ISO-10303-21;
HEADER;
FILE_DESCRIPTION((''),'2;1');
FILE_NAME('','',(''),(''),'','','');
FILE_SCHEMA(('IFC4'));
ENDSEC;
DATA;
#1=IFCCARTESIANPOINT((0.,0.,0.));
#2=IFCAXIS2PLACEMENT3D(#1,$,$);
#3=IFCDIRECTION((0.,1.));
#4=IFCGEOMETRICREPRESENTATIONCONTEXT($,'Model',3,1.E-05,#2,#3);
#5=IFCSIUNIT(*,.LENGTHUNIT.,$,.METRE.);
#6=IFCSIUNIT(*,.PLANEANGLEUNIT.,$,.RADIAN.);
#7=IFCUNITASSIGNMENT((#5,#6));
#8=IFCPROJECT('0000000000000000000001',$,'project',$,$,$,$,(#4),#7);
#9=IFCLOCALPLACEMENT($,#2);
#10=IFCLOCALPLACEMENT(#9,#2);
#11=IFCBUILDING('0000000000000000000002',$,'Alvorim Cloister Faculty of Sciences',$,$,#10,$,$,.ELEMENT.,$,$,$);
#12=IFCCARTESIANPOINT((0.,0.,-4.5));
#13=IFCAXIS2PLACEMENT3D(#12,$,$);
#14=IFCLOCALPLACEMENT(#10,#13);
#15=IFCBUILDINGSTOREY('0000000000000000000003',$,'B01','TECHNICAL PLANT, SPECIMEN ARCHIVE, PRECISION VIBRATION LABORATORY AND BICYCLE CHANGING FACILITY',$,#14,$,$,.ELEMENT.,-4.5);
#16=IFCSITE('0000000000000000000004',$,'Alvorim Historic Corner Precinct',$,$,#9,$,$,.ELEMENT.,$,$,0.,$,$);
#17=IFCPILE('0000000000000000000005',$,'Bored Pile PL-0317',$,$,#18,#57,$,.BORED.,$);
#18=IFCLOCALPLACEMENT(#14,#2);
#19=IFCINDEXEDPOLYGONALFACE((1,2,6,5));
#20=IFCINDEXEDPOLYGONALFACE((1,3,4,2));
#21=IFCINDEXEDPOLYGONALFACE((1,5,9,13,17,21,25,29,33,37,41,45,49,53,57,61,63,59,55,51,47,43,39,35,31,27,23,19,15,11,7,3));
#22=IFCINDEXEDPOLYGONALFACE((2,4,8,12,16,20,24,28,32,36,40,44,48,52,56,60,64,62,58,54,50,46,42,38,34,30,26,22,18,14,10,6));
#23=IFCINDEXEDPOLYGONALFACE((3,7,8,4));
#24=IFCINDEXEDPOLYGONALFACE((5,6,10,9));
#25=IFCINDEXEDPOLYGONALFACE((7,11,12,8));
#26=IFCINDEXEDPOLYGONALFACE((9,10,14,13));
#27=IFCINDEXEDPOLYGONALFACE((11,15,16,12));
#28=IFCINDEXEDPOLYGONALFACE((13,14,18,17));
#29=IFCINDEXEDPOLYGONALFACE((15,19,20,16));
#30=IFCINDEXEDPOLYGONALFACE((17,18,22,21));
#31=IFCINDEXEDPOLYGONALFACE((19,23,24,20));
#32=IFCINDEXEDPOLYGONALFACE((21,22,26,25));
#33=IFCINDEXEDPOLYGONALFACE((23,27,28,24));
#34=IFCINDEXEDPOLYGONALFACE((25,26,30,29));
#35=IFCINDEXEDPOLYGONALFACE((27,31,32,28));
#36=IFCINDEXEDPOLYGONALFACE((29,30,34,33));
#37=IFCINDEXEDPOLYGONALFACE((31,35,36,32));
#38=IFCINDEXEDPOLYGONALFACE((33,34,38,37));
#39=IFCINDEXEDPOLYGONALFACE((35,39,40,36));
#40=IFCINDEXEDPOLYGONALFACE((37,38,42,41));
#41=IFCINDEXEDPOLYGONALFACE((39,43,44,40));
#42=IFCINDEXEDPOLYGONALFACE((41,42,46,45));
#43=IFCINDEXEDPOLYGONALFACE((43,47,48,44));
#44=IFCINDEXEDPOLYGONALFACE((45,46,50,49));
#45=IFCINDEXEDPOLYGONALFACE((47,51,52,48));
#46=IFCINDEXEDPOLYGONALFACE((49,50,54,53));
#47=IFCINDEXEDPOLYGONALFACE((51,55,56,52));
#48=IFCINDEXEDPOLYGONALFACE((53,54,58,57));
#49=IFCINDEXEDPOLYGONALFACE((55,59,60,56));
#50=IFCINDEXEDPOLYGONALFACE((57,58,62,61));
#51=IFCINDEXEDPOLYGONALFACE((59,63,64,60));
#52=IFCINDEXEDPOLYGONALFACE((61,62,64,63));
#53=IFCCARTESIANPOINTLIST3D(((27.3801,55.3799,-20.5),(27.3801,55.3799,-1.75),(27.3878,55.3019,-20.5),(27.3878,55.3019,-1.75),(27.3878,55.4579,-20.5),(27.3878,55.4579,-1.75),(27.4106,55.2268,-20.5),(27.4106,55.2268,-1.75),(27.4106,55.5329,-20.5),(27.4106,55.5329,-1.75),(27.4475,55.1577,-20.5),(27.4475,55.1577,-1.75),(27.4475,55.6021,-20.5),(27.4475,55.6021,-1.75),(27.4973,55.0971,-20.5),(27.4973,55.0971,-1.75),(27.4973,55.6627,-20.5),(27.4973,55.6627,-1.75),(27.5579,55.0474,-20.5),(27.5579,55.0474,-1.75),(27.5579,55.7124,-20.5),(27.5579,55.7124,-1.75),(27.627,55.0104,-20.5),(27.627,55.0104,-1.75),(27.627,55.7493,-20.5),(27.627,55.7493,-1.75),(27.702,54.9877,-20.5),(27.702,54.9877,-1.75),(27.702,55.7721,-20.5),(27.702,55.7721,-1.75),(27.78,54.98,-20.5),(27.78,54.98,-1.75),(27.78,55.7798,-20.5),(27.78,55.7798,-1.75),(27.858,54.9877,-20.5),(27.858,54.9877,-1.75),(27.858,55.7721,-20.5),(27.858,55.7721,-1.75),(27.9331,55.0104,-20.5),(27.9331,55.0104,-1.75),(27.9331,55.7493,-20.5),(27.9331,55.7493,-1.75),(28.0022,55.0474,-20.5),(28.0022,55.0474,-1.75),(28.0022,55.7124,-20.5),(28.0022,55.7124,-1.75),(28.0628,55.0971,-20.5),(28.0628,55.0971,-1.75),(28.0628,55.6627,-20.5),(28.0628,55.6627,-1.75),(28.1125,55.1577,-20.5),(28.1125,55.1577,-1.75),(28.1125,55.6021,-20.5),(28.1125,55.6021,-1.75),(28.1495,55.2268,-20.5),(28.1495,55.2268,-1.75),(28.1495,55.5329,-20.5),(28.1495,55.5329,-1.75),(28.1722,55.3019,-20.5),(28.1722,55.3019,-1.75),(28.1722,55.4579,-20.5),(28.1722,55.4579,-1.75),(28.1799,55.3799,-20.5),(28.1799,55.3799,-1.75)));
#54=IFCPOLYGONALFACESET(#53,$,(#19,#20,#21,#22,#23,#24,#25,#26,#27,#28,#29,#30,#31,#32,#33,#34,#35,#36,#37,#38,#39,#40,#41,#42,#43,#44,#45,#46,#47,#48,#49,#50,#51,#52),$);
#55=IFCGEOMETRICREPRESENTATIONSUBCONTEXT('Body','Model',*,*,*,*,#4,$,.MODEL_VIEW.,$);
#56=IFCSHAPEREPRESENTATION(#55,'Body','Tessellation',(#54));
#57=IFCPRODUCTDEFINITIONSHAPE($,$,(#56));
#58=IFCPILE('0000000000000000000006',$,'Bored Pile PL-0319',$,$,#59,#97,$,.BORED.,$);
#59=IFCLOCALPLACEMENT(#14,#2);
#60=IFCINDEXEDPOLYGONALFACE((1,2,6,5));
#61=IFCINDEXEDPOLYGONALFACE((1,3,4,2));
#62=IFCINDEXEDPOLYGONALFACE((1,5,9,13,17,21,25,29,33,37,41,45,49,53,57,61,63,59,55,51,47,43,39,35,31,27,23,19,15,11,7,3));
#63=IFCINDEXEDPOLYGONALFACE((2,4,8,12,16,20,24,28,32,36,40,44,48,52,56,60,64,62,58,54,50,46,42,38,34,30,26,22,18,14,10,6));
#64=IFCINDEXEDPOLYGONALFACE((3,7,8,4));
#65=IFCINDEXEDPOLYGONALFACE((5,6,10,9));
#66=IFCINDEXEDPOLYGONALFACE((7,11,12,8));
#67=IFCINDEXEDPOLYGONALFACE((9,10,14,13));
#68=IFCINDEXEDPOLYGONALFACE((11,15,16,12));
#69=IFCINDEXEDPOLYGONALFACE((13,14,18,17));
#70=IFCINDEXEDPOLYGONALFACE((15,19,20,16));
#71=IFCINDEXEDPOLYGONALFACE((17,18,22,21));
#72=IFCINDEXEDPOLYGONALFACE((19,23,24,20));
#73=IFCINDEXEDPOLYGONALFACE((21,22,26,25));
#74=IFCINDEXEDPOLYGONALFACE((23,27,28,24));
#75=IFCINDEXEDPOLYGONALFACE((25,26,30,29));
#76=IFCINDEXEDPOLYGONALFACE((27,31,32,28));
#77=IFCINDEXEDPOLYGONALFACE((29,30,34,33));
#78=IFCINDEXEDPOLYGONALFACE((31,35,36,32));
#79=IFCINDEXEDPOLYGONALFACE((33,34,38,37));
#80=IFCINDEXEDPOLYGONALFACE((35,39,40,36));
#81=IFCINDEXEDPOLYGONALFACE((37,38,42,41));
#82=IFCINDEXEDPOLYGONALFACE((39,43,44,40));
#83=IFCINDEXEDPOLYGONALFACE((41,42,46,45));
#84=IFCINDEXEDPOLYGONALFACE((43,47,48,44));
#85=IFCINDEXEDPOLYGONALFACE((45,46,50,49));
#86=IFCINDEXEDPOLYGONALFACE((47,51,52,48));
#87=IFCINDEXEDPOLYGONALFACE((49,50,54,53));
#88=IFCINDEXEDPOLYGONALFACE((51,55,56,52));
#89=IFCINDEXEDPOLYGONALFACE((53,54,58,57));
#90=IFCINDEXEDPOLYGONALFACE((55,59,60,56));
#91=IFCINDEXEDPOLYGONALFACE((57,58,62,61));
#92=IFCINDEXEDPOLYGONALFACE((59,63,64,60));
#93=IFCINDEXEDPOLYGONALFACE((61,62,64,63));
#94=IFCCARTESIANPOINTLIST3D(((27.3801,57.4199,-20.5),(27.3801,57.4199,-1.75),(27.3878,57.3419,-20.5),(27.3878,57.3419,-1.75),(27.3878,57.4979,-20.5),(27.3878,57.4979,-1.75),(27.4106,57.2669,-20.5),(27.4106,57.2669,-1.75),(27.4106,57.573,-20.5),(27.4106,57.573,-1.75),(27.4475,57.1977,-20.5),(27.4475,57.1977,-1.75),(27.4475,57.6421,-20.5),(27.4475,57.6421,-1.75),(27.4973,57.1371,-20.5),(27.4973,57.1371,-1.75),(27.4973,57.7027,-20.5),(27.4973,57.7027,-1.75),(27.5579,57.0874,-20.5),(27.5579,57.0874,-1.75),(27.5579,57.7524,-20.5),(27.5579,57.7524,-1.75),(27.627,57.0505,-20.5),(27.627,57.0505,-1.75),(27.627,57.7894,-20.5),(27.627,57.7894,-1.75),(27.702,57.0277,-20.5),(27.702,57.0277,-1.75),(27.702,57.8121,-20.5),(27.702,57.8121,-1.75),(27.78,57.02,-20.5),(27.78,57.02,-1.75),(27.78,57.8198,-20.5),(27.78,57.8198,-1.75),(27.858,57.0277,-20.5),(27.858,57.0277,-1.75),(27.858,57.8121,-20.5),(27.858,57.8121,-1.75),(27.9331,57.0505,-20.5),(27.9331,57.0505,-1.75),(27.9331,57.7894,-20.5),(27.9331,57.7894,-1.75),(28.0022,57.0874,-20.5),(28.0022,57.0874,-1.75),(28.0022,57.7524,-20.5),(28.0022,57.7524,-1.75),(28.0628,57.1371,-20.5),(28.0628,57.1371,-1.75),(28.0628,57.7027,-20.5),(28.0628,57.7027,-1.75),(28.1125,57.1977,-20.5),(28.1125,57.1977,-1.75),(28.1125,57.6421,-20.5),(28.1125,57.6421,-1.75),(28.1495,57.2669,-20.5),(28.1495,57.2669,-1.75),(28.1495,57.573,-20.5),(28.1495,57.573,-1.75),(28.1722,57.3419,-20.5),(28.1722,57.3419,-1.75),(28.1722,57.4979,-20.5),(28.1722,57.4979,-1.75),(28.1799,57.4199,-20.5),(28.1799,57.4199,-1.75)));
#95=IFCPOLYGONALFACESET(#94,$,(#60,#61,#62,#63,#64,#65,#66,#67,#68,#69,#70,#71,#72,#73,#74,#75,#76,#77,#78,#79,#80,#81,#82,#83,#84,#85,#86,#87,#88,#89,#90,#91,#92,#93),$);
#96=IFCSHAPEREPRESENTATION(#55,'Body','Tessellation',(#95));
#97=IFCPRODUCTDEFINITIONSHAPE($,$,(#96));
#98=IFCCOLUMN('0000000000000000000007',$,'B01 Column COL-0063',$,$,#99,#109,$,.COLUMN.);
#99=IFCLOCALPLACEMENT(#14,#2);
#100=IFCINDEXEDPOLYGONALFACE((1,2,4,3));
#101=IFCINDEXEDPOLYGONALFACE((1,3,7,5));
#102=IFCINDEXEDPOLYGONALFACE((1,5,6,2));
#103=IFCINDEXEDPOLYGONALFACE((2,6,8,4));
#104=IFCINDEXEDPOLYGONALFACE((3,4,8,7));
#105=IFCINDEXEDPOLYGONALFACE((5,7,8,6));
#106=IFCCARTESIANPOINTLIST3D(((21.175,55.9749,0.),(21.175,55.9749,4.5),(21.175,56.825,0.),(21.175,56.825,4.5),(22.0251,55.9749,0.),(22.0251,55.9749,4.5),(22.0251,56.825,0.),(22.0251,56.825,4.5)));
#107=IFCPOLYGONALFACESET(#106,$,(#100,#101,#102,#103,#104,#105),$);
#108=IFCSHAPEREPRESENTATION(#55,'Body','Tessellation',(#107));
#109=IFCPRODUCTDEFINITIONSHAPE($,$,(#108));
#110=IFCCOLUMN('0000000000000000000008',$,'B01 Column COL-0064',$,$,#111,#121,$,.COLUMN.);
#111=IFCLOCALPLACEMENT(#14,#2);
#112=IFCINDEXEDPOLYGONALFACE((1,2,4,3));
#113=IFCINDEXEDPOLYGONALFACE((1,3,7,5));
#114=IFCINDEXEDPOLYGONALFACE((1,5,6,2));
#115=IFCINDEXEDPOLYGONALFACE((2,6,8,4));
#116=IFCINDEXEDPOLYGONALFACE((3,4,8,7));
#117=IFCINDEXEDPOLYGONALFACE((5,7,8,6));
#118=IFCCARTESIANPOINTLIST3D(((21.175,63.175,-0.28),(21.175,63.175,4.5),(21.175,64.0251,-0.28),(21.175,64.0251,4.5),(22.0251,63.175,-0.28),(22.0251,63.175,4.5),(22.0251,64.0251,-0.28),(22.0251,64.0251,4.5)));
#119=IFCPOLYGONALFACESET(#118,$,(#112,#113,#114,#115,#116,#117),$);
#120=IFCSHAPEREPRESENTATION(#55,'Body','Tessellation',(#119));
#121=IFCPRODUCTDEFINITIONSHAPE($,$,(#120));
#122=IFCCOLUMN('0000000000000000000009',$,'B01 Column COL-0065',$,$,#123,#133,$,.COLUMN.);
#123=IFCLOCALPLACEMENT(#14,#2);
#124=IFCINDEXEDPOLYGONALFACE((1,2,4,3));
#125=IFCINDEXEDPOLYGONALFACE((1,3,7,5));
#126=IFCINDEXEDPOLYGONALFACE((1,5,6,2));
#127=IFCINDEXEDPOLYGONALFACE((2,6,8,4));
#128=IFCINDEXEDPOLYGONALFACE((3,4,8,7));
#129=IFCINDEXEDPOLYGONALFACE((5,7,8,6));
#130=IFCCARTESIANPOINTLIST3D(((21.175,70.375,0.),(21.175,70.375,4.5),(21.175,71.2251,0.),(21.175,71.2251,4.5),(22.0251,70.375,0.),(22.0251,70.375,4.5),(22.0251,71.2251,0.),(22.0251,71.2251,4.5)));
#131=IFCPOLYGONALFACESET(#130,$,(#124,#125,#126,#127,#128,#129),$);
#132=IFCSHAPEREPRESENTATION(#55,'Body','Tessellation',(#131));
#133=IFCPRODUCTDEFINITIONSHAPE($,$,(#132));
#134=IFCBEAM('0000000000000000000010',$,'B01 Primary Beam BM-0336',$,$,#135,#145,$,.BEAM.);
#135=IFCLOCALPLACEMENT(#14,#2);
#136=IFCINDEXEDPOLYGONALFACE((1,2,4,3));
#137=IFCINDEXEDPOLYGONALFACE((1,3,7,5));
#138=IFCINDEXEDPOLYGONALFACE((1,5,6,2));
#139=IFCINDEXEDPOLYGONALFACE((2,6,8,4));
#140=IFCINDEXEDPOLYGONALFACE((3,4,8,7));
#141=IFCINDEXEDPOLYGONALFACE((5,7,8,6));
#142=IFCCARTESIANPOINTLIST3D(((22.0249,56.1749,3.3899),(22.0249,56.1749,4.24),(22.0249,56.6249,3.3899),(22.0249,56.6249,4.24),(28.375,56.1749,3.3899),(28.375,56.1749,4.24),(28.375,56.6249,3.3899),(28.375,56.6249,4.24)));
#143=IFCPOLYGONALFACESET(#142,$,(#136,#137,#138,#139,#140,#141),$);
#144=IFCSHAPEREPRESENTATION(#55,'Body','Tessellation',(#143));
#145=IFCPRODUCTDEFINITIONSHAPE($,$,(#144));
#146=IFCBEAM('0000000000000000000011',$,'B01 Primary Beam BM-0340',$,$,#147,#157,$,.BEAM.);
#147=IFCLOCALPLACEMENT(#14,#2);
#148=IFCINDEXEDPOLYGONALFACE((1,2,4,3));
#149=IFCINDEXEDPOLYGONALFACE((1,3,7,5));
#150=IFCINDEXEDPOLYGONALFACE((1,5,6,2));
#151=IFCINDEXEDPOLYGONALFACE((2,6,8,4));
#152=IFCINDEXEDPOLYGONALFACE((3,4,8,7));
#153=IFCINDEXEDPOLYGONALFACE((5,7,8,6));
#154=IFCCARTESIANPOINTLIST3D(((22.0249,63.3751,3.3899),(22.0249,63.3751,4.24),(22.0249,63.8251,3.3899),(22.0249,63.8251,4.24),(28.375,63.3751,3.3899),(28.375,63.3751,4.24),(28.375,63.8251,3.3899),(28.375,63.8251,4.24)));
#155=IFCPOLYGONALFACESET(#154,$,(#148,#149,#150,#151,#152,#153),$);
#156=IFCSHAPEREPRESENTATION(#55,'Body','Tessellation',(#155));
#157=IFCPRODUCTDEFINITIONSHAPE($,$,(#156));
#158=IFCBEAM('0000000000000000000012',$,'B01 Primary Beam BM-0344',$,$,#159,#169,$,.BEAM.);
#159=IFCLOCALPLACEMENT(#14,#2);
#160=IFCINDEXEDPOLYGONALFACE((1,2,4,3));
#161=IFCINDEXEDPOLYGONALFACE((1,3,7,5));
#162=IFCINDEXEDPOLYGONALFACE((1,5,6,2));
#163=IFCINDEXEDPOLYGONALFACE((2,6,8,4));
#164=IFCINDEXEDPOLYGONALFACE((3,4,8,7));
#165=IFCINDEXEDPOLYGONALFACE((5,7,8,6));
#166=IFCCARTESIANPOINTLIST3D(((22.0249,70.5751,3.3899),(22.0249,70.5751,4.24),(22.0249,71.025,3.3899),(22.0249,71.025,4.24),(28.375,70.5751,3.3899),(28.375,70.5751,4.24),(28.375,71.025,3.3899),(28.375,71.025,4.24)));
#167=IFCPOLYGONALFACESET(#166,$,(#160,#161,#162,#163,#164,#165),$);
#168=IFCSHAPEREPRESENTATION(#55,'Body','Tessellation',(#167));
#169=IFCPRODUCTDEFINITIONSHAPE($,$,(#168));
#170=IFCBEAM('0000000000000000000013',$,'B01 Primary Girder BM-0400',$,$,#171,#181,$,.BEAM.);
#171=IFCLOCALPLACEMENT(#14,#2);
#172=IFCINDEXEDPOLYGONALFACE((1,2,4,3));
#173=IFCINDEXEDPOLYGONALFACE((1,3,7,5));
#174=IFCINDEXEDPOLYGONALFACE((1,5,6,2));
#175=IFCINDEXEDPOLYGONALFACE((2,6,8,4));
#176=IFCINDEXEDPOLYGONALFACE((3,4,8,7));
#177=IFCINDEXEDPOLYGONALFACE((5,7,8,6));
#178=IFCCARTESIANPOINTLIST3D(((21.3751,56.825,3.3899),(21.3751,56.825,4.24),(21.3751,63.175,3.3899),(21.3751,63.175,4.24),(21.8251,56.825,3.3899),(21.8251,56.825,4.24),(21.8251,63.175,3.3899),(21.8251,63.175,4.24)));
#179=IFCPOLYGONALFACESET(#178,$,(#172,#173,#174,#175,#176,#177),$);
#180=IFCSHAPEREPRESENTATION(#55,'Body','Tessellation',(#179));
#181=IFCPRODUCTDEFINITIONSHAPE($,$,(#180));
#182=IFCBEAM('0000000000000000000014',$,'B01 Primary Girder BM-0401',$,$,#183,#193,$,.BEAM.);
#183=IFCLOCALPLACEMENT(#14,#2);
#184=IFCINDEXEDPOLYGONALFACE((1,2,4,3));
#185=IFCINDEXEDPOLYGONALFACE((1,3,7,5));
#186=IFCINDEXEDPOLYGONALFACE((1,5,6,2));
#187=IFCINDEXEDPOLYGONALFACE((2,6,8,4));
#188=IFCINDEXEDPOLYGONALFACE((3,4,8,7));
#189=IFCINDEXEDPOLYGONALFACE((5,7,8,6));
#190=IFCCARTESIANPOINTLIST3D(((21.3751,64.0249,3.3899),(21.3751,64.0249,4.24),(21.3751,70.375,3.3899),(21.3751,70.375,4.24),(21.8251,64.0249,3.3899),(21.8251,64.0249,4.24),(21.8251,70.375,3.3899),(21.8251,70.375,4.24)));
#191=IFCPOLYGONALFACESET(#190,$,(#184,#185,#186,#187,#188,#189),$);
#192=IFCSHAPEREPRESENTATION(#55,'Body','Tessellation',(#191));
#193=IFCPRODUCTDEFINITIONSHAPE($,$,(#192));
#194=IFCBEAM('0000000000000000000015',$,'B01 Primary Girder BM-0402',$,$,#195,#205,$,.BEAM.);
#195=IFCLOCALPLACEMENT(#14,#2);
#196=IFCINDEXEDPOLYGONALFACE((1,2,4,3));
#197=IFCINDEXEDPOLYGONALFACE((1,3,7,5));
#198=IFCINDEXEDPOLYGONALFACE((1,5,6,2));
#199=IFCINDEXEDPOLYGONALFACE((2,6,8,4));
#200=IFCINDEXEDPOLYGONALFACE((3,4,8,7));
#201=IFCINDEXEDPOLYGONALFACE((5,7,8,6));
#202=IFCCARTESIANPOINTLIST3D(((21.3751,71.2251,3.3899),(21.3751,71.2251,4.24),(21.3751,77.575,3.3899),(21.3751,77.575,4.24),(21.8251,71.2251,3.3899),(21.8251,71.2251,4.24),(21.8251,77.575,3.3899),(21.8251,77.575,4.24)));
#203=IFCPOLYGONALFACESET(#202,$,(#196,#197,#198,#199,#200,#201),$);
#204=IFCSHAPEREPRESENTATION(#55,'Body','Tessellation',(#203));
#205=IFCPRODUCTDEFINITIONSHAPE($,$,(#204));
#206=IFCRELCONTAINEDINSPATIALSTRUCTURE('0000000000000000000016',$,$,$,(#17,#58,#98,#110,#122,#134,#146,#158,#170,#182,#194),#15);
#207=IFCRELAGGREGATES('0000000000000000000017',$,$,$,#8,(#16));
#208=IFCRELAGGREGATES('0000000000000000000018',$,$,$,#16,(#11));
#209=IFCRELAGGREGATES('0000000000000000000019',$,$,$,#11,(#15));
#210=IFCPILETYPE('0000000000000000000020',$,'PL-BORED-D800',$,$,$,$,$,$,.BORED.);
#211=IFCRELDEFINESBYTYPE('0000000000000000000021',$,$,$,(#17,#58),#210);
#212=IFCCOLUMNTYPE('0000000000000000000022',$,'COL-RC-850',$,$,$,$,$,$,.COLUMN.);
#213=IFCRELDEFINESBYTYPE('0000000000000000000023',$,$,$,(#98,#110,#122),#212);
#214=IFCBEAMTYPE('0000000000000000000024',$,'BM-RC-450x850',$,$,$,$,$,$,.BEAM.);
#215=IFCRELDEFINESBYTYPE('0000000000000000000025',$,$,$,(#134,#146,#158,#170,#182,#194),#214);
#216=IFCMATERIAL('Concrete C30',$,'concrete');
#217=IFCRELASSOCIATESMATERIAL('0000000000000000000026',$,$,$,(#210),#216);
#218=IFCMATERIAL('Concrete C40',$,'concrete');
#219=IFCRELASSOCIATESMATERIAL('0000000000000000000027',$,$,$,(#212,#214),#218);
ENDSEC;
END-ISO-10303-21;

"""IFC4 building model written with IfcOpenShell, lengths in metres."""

from ifc_helpers import new_model, si_unit, direction, frame, origin, origin_2d, place, context, subcontext, project, spatial, rectangle, circle, extrude, material, material_profile, profile_set, type_object, element, save


model = new_model("IFC4")

# Units and contexts
model_context = context("Model", 3, precision=1e-05, world=origin(), true_north=direction((0.0, 1.0)))
body_context = subcontext(model_context, "Body", "Model", "MODEL_VIEW")
ifc_project = project(units=[si_unit("LENGTHUNIT", "METRE"), si_unit("PLANEANGLEUNIT", "RADIAN")], contexts=[model_context])

# Site, building, storey
site_placement = place(None, origin())
site = spatial("IfcSite", under=ifc_project, at=site_placement, Name="Alvorim Historic Corner Precinct", CompositionType="ELEMENT", RefElevation=0.0)
building_placement = place(site_placement, origin())
building = spatial("IfcBuilding", under=site, at=building_placement, Name="Alvorim Cloister Faculty of Sciences", CompositionType="ELEMENT")
storey_placement = place(building_placement, frame((0.0, 0.0, -4.5)))
storey = spatial("IfcBuildingStorey", under=building, at=storey_placement, Name="B01", Description="TECHNICAL PLANT, SPECIMEN ARCHIVE, PRECISION VIBRATION LABORATORY AND BICYCLE CHANGING FACILITY", CompositionType="ELEMENT", Elevation=-4.5)

# Shared definitions
ifc_material_1 = material(Name="Concrete C40", Category="concrete")

# Piles
ifc_material_2 = material(Name="Concrete C30", Category="concrete")
ifc_material_profile_1 = material_profile(ifc_material_2, circle(Radius=0.3999, at=origin_2d()), Name="PILE-D800")
ifc_profile_set_1 = profile_set([ifc_material_profile_1], Name="Concrete C30")
pile_type_1 = type_object("IfcPileType", Name="PL-BORED-D800", PredefinedType="BORED", material=ifc_profile_set_1)
for number, where, z_axis, x_axis, name in (
    (1, (27.78, 55.3799, -1.75), (0.0, 0.0, -1.0), (1.0, 0.0, 0.0), "Bored Pile PL-0317"),
    (2, (27.78, 57.4199, -1.75), (0.0, 0.0, -1.0), (1.0, 0.0, 0.0), "Bored Pile PL-0319"),
):
    element("IfcPile", number, at=place(storey_placement, frame(where, z_axis=z_axis, x_axis=x_axis)), inside=storey, type_object=pile_type_1, Name=name, PredefinedType="BORED", context=body_context, shape_type="SweptSolid", body=[
        extrude(circle(Radius=0.3999, at=origin_2d()), origin(), (0.0, 0.0, 1.0), 18.75),
    ])

# Columns
ifc_material_profile_2 = material_profile(ifc_material_1, rectangle(XDim=0.8501, YDim=0.8501, at=origin_2d()), Name="RC40-COL-850x850")
ifc_profile_set_2 = profile_set([ifc_material_profile_2], Name="Concrete C40")
column_type = type_object("IfcColumnType", Name="COL-RC-850", PredefinedType="COLUMN", material=ifc_profile_set_2)
column_1_placement = place(storey_placement, frame((21.6001, 56.3999, 0.0), z_axis=(0.0, 0.0, 1.0), x_axis=(1.0, 0.0, 0.0)))
element("IfcColumn", 3, at=column_1_placement, inside=storey, type_object=column_type, Name="B01 Column COL-0063", PredefinedType="COLUMN", context=body_context, shape_type="SweptSolid", body=[
    extrude(rectangle(XDim=0.8501, YDim=0.8501, at=origin_2d()), origin(), (0.0, 0.0, 1.0), 4.5),
])
column_2_placement = place(storey_placement, frame((21.6001, 63.6001, -0.28), z_axis=(0.0, 0.0, 1.0), x_axis=(1.0, 0.0, 0.0)))
element("IfcColumn", 4, at=column_2_placement, inside=storey, type_object=column_type, Name="B01 Column COL-0064", PredefinedType="COLUMN", context=body_context, shape_type="SweptSolid", body=[
    extrude(rectangle(XDim=0.8501, YDim=0.8501, at=origin_2d()), origin(), (0.0, 0.0, 1.0), 4.78),
])
column_3_placement = place(storey_placement, frame((21.6001, 70.8, 0.0), z_axis=(0.0, 0.0, 1.0), x_axis=(1.0, 0.0, 0.0)))
element("IfcColumn", 5, at=column_3_placement, inside=storey, type_object=column_type, Name="B01 Column COL-0065", PredefinedType="COLUMN", context=body_context, shape_type="SweptSolid", body=[
    extrude(rectangle(XDim=0.8501, YDim=0.8501, at=origin_2d()), origin(), (0.0, 0.0, 1.0), 4.5),
])

# Beams
ifc_material_profile_3 = material_profile(ifc_material_1, rectangle(XDim=0.45, YDim=0.8501, at=origin_2d()), Name="RC40-BM-450x850")
ifc_profile_set_3 = profile_set([ifc_material_profile_3], Name="Concrete C40")
beam_type = type_object("IfcBeamType", Name="BM-RC-450x850", PredefinedType="BEAM", material=ifc_profile_set_3)
for number, where, z_axis, x_axis, name in (
    (6, (22.0249, 56.3999, 3.8149), (1.0, 0.0, 0.0), (0.0, 1.0, 0.0), "B01 Primary Beam BM-0336"),
    (7, (22.0249, 63.6001, 3.8149), (1.0, 0.0, 0.0), (0.0, 1.0, 0.0), "B01 Primary Beam BM-0340"),
    (8, (22.0249, 70.8, 3.8149), (1.0, 0.0, 0.0), (0.0, 1.0, 0.0), "B01 Primary Beam BM-0344"),
    (9, (21.6001, 56.825, 3.8149), (0.0, 1.0, 0.0), (-1.0, 0.0, 0.0), "B01 Primary Girder BM-0400"),
    (10, (21.6001, 64.0249, 3.8149), (0.0, 1.0, 0.0), (-1.0, 0.0, 0.0), "B01 Primary Girder BM-0401"),
):
    element("IfcBeam", number, at=place(storey_placement, frame(where, z_axis=z_axis, x_axis=x_axis)), inside=storey, type_object=beam_type, Name=name, PredefinedType="BEAM", context=body_context, shape_type="SweptSolid", body=[
        extrude(rectangle(XDim=0.45, YDim=0.8501, at=origin_2d()), origin(), (0.0, 0.0, 1.0), 6.3501),
    ])
beam_placement = place(storey_placement, frame((21.6001, 71.2251, 3.8149), z_axis=(0.0, 1.0, 0.0), x_axis=(-1.0, 0.0, 0.0)))
element("IfcBeam", 11, at=beam_placement, inside=storey, type_object=beam_type, Name="B01 Primary Girder BM-0402", PredefinedType="BEAM", context=body_context, shape_type="SweptSolid", body=[
    extrude(rectangle(XDim=0.45, YDim=0.8501, at=origin_2d()), origin(), (0.0, 0.0, 1.0), 6.3499),
])

save(model, "model.ifc")
